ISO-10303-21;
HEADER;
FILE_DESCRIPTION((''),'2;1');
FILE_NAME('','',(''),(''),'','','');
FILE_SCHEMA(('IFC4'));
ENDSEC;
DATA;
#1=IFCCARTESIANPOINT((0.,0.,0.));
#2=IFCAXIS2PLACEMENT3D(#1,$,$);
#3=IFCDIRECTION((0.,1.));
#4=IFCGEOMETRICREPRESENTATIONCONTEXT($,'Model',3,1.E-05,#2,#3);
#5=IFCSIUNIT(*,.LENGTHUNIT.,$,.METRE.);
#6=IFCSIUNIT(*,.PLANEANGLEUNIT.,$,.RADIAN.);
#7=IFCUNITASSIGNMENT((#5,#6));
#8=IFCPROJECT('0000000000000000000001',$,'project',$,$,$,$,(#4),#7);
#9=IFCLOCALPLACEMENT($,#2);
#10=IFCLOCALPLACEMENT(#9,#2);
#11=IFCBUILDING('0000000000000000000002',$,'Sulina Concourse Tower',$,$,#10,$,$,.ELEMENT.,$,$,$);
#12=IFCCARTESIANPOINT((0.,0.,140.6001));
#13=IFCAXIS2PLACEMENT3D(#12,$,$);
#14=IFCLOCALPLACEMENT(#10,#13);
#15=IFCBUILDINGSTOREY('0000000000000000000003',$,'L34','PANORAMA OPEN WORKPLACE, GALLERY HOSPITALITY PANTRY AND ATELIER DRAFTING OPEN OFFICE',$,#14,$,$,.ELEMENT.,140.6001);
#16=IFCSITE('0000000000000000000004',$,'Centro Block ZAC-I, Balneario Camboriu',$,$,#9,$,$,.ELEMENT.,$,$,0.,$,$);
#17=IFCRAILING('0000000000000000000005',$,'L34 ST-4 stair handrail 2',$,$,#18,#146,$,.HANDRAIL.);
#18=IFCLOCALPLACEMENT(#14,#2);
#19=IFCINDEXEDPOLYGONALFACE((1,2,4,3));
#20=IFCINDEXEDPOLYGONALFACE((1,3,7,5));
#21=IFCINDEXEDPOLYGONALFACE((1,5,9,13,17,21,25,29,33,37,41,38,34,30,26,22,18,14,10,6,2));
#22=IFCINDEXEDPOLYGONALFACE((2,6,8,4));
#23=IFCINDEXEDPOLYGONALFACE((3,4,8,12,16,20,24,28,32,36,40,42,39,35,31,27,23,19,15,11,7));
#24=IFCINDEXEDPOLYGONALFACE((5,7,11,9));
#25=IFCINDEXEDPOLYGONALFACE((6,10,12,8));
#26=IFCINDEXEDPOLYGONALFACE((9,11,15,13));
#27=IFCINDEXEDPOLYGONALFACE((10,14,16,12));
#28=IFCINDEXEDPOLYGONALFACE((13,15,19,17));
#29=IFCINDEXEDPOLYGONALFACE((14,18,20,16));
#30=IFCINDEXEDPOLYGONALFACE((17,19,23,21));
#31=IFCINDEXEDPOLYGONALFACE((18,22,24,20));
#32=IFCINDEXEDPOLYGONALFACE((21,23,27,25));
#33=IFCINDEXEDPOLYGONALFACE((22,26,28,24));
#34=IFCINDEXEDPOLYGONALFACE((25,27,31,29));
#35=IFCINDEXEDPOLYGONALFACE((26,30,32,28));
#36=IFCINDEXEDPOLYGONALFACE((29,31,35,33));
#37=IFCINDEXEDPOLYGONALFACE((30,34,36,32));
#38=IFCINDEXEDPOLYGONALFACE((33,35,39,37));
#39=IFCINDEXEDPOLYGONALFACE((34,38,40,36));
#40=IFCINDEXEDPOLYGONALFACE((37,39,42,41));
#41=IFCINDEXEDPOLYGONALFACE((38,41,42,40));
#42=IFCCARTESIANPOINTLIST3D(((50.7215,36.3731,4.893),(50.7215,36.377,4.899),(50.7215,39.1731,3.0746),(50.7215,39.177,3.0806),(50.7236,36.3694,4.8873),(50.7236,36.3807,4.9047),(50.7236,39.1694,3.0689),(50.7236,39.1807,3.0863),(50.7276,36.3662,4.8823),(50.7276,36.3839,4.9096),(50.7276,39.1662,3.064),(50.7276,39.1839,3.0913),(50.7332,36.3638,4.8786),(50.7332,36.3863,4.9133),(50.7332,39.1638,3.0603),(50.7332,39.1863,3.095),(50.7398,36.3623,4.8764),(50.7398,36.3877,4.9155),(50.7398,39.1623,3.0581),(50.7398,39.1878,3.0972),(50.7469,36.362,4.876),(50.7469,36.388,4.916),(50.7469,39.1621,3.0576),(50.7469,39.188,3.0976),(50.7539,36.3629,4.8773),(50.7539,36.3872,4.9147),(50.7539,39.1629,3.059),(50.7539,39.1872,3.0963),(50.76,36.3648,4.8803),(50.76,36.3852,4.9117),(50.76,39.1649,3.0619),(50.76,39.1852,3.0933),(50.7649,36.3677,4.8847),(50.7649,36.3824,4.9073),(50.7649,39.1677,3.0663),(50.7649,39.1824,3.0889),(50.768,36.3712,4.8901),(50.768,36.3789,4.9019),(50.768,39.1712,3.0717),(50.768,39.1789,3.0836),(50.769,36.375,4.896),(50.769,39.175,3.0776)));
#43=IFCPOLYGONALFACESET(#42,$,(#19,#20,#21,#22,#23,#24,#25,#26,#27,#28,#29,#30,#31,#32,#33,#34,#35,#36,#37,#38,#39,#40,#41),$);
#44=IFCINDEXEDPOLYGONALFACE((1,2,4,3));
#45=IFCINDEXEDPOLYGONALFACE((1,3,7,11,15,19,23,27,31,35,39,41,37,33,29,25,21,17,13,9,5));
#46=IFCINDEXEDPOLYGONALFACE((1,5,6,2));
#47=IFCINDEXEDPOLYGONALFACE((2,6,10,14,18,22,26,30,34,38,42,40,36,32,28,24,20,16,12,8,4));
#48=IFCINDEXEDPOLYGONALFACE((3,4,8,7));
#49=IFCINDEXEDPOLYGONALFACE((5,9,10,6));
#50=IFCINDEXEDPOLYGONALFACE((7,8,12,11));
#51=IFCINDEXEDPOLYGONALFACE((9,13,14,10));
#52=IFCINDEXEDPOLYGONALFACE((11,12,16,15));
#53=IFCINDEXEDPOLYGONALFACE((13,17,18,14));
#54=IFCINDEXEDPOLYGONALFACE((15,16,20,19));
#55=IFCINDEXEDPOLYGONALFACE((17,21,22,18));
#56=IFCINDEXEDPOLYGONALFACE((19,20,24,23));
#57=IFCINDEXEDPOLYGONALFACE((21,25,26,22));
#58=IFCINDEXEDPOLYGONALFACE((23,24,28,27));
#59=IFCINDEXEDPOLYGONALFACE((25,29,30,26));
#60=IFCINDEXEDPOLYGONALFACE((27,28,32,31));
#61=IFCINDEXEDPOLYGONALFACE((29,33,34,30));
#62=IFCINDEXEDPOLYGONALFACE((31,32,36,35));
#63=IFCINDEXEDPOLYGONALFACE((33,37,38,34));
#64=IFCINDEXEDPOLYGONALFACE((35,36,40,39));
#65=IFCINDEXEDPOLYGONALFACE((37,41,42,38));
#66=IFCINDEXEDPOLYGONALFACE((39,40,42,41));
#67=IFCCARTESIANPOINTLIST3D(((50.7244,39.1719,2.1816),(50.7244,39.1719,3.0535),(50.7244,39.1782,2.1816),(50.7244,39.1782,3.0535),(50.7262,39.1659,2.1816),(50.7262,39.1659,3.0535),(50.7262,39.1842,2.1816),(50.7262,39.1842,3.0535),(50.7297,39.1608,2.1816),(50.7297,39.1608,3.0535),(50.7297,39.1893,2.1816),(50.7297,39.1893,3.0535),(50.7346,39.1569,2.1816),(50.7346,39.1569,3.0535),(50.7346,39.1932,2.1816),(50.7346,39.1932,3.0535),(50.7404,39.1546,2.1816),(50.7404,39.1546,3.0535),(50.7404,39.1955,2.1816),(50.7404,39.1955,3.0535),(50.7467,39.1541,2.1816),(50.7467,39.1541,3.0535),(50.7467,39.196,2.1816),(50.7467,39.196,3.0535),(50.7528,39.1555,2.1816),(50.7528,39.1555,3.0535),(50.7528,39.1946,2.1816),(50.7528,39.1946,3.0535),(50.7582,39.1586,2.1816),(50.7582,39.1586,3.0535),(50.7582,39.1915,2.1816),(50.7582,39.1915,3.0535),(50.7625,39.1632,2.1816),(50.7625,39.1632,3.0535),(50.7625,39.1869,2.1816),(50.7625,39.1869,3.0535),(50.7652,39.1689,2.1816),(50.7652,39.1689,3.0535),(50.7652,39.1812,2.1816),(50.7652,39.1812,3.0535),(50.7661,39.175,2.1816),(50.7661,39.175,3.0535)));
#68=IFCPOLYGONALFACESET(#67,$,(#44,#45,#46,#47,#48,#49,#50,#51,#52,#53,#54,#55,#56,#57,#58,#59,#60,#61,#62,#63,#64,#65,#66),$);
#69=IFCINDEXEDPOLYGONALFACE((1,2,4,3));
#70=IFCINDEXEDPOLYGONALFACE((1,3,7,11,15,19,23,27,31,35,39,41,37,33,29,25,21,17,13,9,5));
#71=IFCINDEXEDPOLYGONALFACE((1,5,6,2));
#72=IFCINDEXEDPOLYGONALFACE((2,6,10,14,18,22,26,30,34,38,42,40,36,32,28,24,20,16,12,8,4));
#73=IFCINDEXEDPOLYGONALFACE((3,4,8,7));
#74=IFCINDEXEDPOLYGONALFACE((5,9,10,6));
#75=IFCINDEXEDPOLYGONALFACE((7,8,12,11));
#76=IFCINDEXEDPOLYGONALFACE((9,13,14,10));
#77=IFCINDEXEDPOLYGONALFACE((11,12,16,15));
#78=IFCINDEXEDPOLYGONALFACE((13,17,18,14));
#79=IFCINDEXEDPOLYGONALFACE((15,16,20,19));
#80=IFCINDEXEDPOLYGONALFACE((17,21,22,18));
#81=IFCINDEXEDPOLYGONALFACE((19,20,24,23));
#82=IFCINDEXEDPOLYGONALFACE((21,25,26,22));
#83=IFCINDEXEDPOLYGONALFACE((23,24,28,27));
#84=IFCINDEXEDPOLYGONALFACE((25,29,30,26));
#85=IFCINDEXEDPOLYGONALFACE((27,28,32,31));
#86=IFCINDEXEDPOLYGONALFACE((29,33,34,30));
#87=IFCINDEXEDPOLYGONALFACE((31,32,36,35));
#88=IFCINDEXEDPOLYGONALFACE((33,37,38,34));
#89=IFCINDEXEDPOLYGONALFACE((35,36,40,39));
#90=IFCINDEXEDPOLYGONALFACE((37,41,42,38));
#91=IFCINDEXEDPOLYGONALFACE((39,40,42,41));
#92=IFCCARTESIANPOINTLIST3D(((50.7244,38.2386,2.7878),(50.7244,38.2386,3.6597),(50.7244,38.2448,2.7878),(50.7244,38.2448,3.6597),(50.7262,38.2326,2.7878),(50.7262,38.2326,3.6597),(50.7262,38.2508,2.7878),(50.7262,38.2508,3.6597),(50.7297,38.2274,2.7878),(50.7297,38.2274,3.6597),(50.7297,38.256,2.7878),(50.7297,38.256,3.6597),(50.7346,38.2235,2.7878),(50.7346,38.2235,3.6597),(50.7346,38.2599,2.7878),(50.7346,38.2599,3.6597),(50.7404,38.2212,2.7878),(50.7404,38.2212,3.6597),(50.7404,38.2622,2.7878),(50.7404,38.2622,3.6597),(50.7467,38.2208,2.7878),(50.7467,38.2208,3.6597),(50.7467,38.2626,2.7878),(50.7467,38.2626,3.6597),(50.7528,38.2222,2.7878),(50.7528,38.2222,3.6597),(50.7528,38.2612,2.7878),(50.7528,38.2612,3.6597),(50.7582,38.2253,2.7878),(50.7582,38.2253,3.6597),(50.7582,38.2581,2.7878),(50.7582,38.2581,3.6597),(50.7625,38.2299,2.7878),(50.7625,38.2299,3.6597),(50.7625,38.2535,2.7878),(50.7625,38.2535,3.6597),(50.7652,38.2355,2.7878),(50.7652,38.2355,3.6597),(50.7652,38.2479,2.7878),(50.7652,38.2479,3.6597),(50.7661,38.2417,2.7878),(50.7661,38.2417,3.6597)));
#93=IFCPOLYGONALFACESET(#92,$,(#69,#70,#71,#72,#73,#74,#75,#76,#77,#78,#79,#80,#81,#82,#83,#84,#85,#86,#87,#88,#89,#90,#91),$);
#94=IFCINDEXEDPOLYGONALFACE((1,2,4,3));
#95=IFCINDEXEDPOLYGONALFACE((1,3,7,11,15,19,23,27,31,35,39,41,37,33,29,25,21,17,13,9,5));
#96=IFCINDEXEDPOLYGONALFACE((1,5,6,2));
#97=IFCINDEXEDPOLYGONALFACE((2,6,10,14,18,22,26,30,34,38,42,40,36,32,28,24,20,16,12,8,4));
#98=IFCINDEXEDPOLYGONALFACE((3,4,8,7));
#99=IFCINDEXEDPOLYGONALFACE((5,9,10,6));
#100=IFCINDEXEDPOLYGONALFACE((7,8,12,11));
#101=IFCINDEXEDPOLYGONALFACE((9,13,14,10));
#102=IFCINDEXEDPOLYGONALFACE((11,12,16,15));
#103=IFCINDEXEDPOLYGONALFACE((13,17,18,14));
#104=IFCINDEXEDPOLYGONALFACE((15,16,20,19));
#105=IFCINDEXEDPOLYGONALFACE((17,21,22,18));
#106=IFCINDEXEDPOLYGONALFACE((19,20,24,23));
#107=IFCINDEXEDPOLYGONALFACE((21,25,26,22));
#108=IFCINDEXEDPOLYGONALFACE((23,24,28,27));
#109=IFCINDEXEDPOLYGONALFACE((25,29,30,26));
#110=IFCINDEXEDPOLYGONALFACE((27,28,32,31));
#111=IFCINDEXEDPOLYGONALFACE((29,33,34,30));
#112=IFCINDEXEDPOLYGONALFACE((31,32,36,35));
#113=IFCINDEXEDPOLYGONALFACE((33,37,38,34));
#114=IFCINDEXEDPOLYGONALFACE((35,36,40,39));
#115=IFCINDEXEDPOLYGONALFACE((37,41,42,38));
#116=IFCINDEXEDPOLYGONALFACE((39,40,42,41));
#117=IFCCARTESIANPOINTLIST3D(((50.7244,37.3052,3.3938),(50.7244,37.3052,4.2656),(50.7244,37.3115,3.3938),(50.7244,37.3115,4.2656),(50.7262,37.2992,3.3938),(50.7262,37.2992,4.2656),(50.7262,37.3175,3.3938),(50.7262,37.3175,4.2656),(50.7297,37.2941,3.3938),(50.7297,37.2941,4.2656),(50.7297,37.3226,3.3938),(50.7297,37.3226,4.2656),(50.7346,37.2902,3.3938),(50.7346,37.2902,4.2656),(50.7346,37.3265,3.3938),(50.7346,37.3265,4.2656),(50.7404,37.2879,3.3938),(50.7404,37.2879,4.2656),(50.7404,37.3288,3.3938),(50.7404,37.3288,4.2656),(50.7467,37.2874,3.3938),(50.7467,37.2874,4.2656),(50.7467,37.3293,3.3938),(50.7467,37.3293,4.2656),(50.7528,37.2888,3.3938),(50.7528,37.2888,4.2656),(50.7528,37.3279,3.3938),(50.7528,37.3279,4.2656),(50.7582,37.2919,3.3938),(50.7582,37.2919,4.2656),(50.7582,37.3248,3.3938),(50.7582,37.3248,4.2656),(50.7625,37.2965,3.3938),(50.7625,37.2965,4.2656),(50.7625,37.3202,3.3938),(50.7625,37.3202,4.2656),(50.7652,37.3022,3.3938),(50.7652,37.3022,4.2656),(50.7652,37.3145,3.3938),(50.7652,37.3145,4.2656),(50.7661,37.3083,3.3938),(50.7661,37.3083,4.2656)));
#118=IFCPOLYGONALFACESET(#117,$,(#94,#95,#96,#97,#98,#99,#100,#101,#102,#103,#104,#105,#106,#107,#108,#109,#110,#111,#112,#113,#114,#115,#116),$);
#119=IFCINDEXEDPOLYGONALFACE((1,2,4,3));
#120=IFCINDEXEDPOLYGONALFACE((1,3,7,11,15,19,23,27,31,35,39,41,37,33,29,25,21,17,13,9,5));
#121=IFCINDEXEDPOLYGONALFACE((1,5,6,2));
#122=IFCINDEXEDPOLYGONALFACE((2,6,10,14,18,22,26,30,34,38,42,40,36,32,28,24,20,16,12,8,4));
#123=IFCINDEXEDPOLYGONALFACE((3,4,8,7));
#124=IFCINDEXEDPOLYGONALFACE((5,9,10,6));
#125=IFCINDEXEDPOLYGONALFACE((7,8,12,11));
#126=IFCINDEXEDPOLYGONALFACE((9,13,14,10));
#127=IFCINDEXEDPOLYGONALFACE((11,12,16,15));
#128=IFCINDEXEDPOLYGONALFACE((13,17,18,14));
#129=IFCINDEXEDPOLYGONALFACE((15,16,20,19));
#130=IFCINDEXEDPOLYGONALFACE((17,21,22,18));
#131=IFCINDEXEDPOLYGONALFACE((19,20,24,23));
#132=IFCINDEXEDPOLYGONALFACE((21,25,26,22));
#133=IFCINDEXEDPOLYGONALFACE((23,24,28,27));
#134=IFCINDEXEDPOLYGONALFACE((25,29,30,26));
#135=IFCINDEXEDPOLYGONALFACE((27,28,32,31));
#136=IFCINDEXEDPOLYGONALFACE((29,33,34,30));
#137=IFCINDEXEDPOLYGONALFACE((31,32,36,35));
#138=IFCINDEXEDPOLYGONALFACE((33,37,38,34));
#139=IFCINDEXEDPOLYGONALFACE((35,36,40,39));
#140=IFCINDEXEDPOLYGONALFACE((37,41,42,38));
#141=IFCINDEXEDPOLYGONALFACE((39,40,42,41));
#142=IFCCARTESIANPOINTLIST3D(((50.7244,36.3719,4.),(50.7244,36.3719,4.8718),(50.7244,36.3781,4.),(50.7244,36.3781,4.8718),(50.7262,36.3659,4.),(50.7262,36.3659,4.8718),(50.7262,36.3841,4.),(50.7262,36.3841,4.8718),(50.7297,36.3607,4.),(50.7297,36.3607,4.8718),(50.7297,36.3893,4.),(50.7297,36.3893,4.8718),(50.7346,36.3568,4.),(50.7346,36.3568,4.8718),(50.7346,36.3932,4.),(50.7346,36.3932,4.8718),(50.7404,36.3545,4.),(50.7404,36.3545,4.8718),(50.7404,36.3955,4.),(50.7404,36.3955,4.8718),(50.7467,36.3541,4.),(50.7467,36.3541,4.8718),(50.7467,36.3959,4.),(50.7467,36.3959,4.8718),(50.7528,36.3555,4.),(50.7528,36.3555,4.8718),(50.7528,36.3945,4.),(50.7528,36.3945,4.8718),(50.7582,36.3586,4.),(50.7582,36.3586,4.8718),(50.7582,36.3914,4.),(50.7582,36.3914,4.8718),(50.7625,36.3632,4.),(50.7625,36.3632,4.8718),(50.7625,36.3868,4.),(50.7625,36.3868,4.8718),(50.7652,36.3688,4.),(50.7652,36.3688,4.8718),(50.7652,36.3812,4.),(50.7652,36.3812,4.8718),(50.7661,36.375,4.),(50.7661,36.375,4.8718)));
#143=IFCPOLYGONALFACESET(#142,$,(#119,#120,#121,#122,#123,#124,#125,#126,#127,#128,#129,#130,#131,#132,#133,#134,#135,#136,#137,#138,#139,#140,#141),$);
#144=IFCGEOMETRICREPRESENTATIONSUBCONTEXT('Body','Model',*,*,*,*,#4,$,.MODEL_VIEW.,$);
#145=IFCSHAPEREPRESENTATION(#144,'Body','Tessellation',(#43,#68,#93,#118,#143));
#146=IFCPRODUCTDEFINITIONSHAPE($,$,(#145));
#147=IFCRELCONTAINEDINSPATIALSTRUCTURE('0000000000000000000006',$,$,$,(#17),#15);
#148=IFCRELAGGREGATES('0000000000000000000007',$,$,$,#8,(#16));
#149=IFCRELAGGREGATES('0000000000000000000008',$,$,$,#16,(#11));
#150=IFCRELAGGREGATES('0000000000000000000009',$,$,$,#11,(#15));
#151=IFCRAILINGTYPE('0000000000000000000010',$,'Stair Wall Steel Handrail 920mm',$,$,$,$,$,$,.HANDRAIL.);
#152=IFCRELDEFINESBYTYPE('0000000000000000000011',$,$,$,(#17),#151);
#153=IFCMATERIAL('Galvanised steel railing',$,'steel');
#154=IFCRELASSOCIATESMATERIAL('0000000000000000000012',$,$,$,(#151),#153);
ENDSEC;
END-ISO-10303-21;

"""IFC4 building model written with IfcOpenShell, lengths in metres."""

from ifc_helpers import new_model, si_unit, direction, frame, origin, origin_2d, place, context, subcontext, project, spatial, circle, extrude, material, type_object, element, save


model = new_model("IFC4")

# Units and contexts
model_context = context("Model", 3, precision=1e-05, world=origin(), true_north=direction((0.0, 1.0)))
body_context = subcontext(model_context, "Body", "Model", "MODEL_VIEW")
ifc_project = project(units=[si_unit("LENGTHUNIT", "METRE"), si_unit("PLANEANGLEUNIT", "RADIAN")], contexts=[model_context])

# Site, building, storey
site_placement = place(None, origin())
site = spatial("IfcSite", under=ifc_project, at=site_placement, Name="Centro Block ZAC-I, Balneario Camboriu", CompositionType="ELEMENT", RefElevation=0.0)
building_placement = place(site_placement, origin())
building = spatial("IfcBuilding", under=site, at=building_placement, Name="Sulina Concourse Tower", CompositionType="ELEMENT")
storey_placement = place(building_placement, frame((0.0, 0.0, 140.6001)))
storey = spatial("IfcBuildingStorey", under=building, at=storey_placement, Name="L34", Description="PANORAMA OPEN WORKPLACE, GALLERY HOSPITALITY PANTRY AND ATELIER DRAFTING OPEN OFFICE", CompositionType="ELEMENT", Elevation=140.6001)

# Railing
ifc_material_1 = material(Name="Galvanised steel railing", Category="steel")
railing_type_1 = type_object("IfcRailingType", Name="Stair Wall Steel Handrail 920mm", PredefinedType="HANDRAIL", material=ifc_material_1)
railing_1_placement = place(storey_placement, frame((50.7451, 39.175, 2.1816)))
element("IfcRailing", 1, at=railing_1_placement, inside=storey, type_object=railing_type_1, Name="L34 ST-4 stair handrail 2", PredefinedType="HANDRAIL", context=body_context, shape_type="SweptSolid", body=[
    extrude(circle(Radius=0.0239, at=origin_2d()), frame((0.0, 0.0, 0.896), z_axis=(0.0, -0.838672, 0.544636), x_axis=(1.0, 0.0, 0.0)), (0.0, 0.0, 1.0), 3.3386),
    extrude(circle(Radius=0.021, at=origin_2d()), origin(), (0.0, 0.0, 1.0), 0.8718),
    extrude(circle(Radius=0.021, at=origin_2d()), frame((0.0, -0.9333, 0.6062)), (0.0, 0.0, 1.0), 0.8718),
    extrude(circle(Radius=0.021, at=origin_2d()), frame((0.0, -1.8667, 1.2122)), (0.0, 0.0, 1.0), 0.8718),
    extrude(circle(Radius=0.021, at=origin_2d()), frame((0.0, -2.8, 1.8184)), (0.0, 0.0, 1.0), 0.8718),
])

save(model, "model.ifc")
